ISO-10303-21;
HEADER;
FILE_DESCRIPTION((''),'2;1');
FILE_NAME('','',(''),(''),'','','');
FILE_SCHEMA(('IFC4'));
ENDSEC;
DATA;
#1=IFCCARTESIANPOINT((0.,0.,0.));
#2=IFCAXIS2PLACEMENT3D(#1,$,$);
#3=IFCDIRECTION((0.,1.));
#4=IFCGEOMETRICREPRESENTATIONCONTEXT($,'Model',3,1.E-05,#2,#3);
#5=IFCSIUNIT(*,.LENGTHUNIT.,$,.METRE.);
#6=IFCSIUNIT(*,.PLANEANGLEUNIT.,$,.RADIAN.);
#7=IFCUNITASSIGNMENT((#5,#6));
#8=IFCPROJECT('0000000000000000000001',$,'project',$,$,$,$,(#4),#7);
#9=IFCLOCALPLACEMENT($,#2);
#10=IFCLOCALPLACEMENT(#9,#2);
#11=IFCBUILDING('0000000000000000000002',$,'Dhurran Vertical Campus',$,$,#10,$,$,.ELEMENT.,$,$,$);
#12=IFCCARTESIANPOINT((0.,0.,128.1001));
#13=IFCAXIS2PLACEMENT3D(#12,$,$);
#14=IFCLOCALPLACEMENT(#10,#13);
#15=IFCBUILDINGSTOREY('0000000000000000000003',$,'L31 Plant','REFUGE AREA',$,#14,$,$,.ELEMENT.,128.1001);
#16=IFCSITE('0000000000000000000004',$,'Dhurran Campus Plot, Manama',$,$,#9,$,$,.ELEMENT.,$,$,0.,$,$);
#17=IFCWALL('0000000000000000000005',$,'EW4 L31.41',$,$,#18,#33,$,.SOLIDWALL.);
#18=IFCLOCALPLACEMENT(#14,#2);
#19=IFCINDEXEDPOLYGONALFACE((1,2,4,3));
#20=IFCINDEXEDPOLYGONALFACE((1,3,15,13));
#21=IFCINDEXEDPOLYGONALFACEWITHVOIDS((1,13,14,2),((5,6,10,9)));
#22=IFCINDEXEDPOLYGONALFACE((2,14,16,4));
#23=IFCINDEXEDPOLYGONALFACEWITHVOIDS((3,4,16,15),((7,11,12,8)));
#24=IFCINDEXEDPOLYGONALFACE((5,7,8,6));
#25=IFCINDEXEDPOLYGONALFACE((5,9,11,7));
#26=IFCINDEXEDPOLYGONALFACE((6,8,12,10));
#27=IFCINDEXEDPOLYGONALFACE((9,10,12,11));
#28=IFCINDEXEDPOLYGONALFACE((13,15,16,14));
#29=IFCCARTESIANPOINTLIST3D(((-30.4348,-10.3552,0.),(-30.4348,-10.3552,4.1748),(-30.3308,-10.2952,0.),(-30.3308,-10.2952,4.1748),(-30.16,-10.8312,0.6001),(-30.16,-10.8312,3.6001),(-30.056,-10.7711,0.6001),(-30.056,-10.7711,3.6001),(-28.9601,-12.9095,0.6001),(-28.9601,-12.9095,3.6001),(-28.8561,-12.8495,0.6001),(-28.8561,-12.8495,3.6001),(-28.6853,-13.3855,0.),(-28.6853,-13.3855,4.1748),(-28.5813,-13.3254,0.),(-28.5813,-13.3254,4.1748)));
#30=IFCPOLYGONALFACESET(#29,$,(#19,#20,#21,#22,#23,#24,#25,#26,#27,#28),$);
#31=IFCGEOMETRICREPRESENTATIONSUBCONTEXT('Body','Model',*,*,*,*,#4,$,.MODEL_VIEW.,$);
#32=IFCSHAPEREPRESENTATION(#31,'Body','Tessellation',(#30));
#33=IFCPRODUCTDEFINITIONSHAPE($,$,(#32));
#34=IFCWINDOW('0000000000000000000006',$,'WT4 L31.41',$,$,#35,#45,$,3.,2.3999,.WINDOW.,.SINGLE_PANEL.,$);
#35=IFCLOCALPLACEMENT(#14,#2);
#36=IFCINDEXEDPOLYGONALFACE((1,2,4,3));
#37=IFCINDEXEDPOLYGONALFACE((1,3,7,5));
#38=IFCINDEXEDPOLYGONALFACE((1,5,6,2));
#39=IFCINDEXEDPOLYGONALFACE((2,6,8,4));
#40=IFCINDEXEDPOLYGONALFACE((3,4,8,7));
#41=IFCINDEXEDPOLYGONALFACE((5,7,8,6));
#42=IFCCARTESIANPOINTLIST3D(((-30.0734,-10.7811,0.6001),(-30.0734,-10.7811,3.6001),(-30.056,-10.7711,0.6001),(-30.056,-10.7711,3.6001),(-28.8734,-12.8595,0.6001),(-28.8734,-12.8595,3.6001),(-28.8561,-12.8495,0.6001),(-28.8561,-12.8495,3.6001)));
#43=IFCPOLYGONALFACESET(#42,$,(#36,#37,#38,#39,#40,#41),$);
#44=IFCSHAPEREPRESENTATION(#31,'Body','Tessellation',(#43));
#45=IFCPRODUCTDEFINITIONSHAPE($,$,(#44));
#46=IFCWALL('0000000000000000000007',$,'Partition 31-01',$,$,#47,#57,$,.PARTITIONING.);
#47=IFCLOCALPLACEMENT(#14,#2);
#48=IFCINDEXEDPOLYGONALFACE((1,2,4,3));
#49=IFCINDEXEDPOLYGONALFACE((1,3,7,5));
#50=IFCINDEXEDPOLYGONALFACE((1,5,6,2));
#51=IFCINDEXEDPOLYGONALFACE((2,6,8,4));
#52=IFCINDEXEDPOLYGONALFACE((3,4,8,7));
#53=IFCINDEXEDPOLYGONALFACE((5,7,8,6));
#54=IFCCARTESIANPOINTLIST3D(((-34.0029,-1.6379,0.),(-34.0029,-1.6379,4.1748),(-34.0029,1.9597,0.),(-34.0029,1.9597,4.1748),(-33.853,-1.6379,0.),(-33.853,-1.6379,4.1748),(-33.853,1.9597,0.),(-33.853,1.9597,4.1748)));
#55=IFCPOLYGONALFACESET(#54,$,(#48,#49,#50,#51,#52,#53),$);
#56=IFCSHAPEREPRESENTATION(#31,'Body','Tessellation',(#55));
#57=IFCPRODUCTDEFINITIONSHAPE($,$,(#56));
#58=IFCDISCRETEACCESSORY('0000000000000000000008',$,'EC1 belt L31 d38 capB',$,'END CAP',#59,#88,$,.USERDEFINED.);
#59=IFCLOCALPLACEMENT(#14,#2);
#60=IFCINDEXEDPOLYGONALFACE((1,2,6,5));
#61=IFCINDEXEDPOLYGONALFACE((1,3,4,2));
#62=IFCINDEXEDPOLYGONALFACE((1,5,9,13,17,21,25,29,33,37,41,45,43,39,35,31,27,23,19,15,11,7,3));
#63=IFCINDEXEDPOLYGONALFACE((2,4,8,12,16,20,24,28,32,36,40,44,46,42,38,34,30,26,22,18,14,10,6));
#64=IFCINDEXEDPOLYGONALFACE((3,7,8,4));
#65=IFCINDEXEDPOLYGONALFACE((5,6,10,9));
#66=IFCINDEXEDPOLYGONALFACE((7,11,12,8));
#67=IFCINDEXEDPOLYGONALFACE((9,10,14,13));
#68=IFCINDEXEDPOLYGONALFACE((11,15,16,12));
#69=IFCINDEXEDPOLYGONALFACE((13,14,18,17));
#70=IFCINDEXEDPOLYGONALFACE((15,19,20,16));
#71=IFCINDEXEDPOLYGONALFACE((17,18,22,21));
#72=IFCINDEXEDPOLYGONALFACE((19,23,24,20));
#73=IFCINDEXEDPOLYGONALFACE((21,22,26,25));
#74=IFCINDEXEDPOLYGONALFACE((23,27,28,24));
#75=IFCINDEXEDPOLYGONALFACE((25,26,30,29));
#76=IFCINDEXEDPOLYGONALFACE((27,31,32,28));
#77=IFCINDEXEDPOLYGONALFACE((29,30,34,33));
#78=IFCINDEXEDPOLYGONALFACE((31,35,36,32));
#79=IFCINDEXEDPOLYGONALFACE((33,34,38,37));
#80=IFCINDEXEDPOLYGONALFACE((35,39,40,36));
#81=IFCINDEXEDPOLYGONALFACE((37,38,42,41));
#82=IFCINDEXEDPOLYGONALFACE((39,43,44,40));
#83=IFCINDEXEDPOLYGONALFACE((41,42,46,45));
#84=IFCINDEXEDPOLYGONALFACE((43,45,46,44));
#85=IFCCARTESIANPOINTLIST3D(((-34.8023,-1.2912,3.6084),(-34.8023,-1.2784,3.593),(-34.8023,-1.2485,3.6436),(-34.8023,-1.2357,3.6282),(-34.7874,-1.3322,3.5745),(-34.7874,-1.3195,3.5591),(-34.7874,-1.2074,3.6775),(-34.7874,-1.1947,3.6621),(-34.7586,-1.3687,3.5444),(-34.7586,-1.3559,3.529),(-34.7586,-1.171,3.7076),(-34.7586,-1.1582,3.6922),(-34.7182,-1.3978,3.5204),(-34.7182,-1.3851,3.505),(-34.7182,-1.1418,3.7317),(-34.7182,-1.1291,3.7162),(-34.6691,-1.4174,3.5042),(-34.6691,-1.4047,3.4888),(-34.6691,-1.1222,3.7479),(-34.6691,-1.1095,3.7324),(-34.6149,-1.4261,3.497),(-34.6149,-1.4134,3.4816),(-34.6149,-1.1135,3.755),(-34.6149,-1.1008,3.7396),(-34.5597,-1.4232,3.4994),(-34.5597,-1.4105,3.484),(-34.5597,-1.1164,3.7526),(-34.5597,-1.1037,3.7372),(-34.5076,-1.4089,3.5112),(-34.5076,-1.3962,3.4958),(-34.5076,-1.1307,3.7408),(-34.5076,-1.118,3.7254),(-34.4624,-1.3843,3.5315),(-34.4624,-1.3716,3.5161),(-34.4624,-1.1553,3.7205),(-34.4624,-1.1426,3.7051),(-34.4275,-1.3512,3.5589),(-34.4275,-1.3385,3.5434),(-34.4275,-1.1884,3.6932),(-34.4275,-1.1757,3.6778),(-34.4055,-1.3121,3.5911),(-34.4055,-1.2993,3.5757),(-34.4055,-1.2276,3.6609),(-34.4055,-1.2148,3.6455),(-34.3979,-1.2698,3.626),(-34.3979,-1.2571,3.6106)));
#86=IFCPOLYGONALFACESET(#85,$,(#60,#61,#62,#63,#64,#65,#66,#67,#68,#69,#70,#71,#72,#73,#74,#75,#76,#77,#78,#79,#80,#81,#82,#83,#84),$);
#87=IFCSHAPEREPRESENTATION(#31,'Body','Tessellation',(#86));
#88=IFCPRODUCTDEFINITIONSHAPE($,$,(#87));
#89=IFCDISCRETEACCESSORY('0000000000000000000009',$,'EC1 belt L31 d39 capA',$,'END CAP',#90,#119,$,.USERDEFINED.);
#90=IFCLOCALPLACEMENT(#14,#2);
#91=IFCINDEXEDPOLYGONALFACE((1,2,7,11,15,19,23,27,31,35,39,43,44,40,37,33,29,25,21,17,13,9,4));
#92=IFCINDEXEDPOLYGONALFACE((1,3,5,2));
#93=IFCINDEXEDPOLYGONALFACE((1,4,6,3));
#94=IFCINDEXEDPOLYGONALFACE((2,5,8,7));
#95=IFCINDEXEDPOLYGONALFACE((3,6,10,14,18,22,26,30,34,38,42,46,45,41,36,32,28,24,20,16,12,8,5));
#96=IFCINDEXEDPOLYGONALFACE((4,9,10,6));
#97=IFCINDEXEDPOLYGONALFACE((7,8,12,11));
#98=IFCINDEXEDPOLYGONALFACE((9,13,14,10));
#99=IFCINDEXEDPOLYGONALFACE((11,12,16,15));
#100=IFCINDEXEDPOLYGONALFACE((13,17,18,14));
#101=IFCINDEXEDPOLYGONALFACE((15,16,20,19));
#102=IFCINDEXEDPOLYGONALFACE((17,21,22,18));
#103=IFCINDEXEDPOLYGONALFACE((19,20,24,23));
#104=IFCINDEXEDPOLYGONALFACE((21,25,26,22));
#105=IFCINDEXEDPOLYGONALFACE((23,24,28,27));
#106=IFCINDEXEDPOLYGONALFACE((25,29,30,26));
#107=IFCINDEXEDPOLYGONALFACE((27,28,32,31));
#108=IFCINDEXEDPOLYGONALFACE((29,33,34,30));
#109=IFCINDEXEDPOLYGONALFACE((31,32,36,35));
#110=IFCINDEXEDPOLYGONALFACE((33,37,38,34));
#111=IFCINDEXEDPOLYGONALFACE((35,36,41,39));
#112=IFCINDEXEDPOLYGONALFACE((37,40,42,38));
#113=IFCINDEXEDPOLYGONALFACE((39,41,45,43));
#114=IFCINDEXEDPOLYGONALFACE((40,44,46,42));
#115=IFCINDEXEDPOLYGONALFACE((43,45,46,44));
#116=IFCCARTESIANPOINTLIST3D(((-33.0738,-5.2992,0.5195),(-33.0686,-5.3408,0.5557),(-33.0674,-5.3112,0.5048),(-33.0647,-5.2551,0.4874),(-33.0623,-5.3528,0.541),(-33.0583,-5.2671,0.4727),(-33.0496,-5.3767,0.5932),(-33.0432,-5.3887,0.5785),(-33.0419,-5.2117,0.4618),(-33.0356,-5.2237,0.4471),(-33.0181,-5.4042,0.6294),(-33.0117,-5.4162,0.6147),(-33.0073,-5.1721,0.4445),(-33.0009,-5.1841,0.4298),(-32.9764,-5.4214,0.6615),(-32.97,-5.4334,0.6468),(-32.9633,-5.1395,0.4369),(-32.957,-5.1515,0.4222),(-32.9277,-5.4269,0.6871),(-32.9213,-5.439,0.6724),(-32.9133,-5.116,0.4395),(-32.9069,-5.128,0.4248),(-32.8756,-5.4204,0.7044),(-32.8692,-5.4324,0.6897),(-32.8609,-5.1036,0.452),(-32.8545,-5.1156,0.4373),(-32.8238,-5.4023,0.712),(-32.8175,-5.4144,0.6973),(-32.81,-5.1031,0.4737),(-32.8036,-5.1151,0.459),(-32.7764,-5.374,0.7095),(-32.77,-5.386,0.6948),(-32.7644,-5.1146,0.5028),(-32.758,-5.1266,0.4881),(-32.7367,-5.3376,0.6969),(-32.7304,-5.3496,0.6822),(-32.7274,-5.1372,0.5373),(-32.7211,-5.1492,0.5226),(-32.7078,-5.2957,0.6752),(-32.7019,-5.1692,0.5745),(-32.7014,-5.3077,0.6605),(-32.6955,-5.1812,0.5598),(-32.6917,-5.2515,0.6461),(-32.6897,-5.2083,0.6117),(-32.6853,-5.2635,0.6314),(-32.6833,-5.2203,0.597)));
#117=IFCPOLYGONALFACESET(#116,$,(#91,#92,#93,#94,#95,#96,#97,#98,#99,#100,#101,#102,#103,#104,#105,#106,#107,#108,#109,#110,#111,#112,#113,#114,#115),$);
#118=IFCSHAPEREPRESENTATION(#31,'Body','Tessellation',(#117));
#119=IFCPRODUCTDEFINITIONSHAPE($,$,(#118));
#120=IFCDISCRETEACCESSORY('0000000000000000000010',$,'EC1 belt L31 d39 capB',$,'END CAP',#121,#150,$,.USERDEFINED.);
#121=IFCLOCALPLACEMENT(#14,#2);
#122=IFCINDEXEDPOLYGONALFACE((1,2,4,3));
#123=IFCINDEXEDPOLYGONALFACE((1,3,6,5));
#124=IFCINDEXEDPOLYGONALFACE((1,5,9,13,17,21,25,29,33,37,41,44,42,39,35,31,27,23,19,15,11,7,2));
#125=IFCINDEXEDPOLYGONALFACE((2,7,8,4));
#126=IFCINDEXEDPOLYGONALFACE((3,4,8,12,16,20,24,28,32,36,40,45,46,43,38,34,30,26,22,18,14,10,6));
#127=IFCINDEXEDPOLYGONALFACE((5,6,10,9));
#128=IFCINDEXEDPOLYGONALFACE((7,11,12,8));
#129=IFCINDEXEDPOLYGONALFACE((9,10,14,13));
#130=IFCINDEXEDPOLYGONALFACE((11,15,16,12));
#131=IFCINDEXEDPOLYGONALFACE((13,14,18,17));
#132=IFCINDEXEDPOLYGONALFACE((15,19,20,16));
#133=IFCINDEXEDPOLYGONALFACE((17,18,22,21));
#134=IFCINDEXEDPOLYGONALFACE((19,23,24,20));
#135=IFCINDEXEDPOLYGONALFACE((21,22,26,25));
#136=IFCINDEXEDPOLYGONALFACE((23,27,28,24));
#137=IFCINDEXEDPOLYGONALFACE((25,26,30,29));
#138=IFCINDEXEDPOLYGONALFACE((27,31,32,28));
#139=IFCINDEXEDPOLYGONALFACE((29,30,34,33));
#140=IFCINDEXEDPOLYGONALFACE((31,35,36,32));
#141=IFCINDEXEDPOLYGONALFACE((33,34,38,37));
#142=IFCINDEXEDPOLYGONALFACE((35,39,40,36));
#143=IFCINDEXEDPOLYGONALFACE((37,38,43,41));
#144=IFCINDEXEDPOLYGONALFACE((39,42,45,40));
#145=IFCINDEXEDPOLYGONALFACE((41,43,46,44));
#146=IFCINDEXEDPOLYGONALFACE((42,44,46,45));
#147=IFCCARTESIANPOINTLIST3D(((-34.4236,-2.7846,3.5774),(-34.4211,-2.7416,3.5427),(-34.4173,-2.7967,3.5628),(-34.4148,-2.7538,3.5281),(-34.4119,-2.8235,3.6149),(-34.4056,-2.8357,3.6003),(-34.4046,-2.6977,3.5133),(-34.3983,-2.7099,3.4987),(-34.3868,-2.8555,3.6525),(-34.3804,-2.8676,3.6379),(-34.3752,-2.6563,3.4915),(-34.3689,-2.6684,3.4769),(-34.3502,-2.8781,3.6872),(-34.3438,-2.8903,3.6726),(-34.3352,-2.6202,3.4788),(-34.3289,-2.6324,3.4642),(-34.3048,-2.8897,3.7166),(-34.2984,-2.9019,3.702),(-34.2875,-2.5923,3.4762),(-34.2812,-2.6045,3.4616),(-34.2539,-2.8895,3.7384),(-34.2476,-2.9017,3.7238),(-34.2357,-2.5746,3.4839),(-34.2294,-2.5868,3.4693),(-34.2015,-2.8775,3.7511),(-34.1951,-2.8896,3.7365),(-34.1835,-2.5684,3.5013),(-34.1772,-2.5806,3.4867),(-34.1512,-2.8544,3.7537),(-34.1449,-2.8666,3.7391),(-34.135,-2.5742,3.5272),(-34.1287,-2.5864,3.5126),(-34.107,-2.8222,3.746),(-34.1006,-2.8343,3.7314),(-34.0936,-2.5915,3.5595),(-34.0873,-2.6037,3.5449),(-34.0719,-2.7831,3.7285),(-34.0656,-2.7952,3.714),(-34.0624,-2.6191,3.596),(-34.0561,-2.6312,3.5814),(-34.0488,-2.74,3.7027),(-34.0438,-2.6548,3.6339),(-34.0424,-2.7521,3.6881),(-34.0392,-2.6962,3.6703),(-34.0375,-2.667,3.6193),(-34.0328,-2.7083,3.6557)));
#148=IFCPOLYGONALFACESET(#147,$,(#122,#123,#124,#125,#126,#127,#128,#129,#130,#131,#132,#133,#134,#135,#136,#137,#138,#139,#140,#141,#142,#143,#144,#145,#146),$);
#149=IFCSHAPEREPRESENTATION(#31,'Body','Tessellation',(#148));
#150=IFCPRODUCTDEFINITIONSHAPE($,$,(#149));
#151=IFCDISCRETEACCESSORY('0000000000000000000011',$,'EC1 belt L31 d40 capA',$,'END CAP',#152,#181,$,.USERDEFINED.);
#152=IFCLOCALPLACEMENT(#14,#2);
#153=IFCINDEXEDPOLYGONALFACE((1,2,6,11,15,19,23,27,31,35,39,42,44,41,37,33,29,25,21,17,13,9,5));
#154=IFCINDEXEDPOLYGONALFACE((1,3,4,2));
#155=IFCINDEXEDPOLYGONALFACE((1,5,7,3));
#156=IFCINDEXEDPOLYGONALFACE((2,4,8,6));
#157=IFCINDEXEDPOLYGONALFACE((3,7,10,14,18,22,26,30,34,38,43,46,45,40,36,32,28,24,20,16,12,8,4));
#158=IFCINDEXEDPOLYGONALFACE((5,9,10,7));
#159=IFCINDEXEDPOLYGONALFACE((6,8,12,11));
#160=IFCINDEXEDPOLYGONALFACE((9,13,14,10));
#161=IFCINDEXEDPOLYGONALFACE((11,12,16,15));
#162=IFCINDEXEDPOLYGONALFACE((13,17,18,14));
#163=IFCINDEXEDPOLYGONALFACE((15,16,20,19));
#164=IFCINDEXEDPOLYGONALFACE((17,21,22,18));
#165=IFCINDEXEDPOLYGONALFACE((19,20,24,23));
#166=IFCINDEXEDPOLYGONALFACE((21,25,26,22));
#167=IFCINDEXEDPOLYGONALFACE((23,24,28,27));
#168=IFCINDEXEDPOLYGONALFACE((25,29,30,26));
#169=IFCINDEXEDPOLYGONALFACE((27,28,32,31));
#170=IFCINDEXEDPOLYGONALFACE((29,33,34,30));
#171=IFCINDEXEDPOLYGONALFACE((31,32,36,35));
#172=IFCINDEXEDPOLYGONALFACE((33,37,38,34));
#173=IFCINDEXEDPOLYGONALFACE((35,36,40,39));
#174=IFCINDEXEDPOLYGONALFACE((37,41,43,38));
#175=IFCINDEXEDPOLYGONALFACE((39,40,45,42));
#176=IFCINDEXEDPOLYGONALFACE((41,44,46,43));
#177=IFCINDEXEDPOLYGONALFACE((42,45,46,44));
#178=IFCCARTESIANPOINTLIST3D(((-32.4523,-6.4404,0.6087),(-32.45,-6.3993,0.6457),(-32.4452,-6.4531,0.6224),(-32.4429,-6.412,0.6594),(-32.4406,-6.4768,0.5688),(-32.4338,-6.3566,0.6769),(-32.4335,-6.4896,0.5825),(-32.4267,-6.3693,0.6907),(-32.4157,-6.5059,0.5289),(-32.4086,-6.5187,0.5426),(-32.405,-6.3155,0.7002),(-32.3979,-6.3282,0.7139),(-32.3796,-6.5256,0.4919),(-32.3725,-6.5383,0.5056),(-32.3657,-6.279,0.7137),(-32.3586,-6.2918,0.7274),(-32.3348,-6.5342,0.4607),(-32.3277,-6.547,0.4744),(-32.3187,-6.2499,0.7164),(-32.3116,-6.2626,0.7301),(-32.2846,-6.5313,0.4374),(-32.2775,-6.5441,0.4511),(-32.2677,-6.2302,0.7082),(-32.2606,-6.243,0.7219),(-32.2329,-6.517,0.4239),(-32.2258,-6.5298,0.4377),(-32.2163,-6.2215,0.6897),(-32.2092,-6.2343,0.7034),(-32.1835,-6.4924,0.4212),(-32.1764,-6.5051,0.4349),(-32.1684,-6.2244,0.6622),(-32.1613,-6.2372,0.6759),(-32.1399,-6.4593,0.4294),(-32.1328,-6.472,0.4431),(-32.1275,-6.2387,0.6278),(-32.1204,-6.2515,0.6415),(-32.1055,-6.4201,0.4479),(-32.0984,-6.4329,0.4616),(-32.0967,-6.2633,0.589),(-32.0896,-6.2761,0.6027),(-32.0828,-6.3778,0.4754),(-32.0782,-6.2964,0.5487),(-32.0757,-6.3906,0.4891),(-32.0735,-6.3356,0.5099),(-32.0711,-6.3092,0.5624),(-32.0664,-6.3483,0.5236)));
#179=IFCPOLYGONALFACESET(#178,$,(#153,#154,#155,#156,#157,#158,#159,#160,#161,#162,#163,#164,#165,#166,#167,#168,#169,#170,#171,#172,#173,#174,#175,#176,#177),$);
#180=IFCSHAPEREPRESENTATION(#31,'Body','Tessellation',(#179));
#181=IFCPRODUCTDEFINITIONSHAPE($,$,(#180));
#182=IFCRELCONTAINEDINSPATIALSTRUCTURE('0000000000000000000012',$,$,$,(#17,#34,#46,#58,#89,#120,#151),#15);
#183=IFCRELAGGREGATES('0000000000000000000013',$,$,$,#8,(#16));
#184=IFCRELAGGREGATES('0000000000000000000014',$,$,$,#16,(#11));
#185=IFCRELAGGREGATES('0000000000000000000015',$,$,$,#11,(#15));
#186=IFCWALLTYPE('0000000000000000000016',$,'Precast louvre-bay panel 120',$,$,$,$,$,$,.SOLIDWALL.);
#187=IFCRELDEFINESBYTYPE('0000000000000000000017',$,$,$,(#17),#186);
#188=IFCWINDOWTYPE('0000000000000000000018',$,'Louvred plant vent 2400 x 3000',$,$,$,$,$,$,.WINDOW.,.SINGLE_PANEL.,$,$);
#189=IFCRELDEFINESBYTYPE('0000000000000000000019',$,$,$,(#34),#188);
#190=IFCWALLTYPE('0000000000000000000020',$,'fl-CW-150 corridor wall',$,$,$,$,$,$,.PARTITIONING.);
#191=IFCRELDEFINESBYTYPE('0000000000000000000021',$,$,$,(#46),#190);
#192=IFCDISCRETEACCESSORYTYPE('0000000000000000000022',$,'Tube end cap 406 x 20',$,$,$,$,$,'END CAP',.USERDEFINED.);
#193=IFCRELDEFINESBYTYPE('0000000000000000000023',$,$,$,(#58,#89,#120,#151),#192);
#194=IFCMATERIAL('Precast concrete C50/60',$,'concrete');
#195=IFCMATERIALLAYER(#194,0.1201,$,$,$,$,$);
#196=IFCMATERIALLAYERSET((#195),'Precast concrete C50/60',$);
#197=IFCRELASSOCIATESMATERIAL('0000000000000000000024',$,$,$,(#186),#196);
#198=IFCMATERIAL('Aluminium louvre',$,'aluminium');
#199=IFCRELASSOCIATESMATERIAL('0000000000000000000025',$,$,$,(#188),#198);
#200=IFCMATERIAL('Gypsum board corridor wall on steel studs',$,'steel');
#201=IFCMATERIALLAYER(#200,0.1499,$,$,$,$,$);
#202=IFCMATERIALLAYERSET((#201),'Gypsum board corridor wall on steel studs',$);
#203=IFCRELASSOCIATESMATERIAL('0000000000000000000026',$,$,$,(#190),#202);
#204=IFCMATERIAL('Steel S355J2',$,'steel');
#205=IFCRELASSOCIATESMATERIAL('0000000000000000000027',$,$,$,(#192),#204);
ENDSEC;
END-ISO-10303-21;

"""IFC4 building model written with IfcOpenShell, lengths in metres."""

from ifc_helpers import new_model, si_unit, direction, frame, frame_2d, origin, origin_2d, place, context, subcontext, project, spatial, rectangle, circle, extrude, material, layer, layer_set, material_profile, profile_set, type_object, element, fill, save


model = new_model("IFC4")

# Units and contexts
model_context = context("Model", 3, precision=1e-05, world=origin(), true_north=direction((0.0, 1.0)))
body_context = subcontext(model_context, "Body", "Model", "MODEL_VIEW")
ifc_project = project(units=[si_unit("LENGTHUNIT", "METRE"), si_unit("PLANEANGLEUNIT", "RADIAN")], contexts=[model_context])

# Site, building, storey
site_placement = place(None, origin())
site = spatial("IfcSite", under=ifc_project, at=site_placement, Name="Dhurran Campus Plot, Manama", CompositionType="ELEMENT", RefElevation=0.0)
building_placement = place(site_placement, origin())
building = spatial("IfcBuilding", under=site, at=building_placement, Name="Dhurran Vertical Campus", CompositionType="ELEMENT")
storey_placement = place(building_placement, frame((0.0, 0.0, 128.1001)))
storey = spatial("IfcBuildingStorey", under=building, at=storey_placement, Name="L31 Plant", Description="REFUGE AREA", CompositionType="ELEMENT", Elevation=128.1001)

# Wall, opening, window
ifc_material_1 = material(Name="Precast concrete C50/60", Category="concrete")
ifc_layer_1 = layer(ifc_material_1, 0.1201)
ifc_layer_set_1 = layer_set([ifc_layer_1], Name="Precast concrete C50/60")
wall_type_1 = type_object("IfcWallType", Name="Precast louvre-bay panel 120", PredefinedType="SOLIDWALL", material=ifc_layer_set_1)
ifc_material_2 = material(Name="Aluminium louvre", Category="aluminium")
window_type = type_object("IfcWindowType", Name="Louvred plant vent 2400 x 3000", PartitioningType="SINGLE_PANEL", PredefinedType="WINDOW", material=ifc_material_2)
wall_1_placement = place(storey_placement, frame((-30.3828, -10.3252, 0.0), z_axis=(0.0, 0.0, 1.0), x_axis=(0.499996, -0.866028, 0.0)))
wall_1 = element("IfcWall", 1, at=wall_1_placement, inside=storey, type_object=wall_type_1, Name="EW4 L31.41", PredefinedType="SOLIDWALL", context=body_context, shape_type="SweptSolid", body=[
    extrude(rectangle(XDim=3.499, YDim=0.1201, at=frame_2d((1.7495, 0.0))), origin(), (0.0, 0.0, 1.0), 4.1748),
])
opening_1_placement = place(wall_1_placement, frame((0.5496, 0.0, 0.6001)))
opening_1 = element("IfcOpeningElement", 2, at=opening_1_placement, cuts=wall_1, PredefinedType="OPENING", context=body_context, shape_type="SweptSolid", body=[
    extrude(rectangle(XDim=2.3999, YDim=3.0, at=frame_2d((1.2, 1.5))), frame((0.0, 0.0701, 0.0), z_axis=(0.0, -1.0, 0.0), x_axis=(1.0, 0.0, 0.0)), (0.0, 0.0, 1.0), 0.1401),
])
window_1_placement = place(opening_1_placement, origin())
window_1 = element("IfcWindow", 3, at=window_1_placement, inside=storey, type_object=window_type, Name="WT4 L31.41", OverallHeight=3.0, OverallWidth=2.3999, PartitioningType="SINGLE_PANEL", PredefinedType="WINDOW", context=body_context, shape_type="SweptSolid", body=[
    extrude(rectangle(XDim=2.3999, YDim=3.0, at=frame_2d((1.2, 1.5))), frame((0.0, 0.0601, 0.0), z_axis=(0.0, -1.0, 0.0), x_axis=(1.0, 0.0, 0.0)), (0.0, 0.0, 1.0), 0.02),
])
fill(opening_1, window_1)

# Wall
ifc_material_3 = material(Name="Gypsum board corridor wall on steel studs", Category="steel")
ifc_layer_2 = layer(ifc_material_3, 0.1499)
ifc_layer_set_2 = layer_set([ifc_layer_2], Name="Gypsum board corridor wall on steel studs")
wall_type_2 = type_object("IfcWallType", Name="fl-CW-150 corridor wall", PredefinedType="PARTITIONING", material=ifc_layer_set_2)
wall_2_placement = place(storey_placement, frame((-33.928, -1.6379, 0.0), z_axis=(0.0, 0.0, 1.0), x_axis=(0.0, 1.0, 0.0)))
element("IfcWall", 4, at=wall_2_placement, inside=storey, type_object=wall_type_2, Name="Partition 31-01", PredefinedType="PARTITIONING", context=body_context, shape_type="SweptSolid", body=[
    extrude(rectangle(XDim=3.5977, YDim=0.1499, at=frame_2d((1.7988, 0.0))), origin(), (0.0, 0.0, 1.0), 4.1748),
])

# Discrete accessories
ifc_material_4 = material(Name="Steel S355J2", Category="steel")
ifc_material_profile_1 = material_profile(ifc_material_4, circle(Radius=0.2031, at=origin_2d()), Name="Tube end cap 406 x 20")
ifc_profile_set_1 = profile_set([ifc_material_profile_1], Name="Steel S355J2")
discrete_accessory_type = type_object("IfcDiscreteAccessoryType", Name="Tube end cap 406 x 20", ElementType="END CAP", PredefinedType="USERDEFINED", material=ifc_profile_set_1)
for number, where, z_axis, x_axis, name in (
    (5, (-34.6011, -1.2571, 3.6106), (0.0, -0.636565, 0.771223), (1.0, 0.0, 0.0), "EC1 belt L31 d38 capB"),
    (6, (-32.8813, -5.2644, 0.5745), (0.318187, -0.59966, -0.734278), (0.883349, 0.468716, 0.0), "EC1 belt L31 d39 capA"),
    (7, (-34.2253, -2.7419, 3.6003), (-0.315854, 0.607412, 0.728894), (-0.887217, -0.461353, 0.0), "EC1 belt L31 d39 capB"),
    (8, (-32.2561, -6.3906, 0.5825), (-0.354795, 0.636184, -0.685121), (-0.873364, -0.487068, 0.0), "EC1 belt L31 d40 capA"),
):
    element("IfcDiscreteAccessory", number, at=place(storey_placement, frame(where, z_axis=z_axis, x_axis=x_axis)), inside=storey, type_object=discrete_accessory_type, Name=name, ObjectType="END CAP", PredefinedType="USERDEFINED", context=body_context, shape_type="SweptSolid", body=[
        extrude(circle(Radius=0.2031, at=origin_2d()), origin(), (0.0, 0.0, 1.0), 0.02),
    ])

save(model, "model.ifc")
